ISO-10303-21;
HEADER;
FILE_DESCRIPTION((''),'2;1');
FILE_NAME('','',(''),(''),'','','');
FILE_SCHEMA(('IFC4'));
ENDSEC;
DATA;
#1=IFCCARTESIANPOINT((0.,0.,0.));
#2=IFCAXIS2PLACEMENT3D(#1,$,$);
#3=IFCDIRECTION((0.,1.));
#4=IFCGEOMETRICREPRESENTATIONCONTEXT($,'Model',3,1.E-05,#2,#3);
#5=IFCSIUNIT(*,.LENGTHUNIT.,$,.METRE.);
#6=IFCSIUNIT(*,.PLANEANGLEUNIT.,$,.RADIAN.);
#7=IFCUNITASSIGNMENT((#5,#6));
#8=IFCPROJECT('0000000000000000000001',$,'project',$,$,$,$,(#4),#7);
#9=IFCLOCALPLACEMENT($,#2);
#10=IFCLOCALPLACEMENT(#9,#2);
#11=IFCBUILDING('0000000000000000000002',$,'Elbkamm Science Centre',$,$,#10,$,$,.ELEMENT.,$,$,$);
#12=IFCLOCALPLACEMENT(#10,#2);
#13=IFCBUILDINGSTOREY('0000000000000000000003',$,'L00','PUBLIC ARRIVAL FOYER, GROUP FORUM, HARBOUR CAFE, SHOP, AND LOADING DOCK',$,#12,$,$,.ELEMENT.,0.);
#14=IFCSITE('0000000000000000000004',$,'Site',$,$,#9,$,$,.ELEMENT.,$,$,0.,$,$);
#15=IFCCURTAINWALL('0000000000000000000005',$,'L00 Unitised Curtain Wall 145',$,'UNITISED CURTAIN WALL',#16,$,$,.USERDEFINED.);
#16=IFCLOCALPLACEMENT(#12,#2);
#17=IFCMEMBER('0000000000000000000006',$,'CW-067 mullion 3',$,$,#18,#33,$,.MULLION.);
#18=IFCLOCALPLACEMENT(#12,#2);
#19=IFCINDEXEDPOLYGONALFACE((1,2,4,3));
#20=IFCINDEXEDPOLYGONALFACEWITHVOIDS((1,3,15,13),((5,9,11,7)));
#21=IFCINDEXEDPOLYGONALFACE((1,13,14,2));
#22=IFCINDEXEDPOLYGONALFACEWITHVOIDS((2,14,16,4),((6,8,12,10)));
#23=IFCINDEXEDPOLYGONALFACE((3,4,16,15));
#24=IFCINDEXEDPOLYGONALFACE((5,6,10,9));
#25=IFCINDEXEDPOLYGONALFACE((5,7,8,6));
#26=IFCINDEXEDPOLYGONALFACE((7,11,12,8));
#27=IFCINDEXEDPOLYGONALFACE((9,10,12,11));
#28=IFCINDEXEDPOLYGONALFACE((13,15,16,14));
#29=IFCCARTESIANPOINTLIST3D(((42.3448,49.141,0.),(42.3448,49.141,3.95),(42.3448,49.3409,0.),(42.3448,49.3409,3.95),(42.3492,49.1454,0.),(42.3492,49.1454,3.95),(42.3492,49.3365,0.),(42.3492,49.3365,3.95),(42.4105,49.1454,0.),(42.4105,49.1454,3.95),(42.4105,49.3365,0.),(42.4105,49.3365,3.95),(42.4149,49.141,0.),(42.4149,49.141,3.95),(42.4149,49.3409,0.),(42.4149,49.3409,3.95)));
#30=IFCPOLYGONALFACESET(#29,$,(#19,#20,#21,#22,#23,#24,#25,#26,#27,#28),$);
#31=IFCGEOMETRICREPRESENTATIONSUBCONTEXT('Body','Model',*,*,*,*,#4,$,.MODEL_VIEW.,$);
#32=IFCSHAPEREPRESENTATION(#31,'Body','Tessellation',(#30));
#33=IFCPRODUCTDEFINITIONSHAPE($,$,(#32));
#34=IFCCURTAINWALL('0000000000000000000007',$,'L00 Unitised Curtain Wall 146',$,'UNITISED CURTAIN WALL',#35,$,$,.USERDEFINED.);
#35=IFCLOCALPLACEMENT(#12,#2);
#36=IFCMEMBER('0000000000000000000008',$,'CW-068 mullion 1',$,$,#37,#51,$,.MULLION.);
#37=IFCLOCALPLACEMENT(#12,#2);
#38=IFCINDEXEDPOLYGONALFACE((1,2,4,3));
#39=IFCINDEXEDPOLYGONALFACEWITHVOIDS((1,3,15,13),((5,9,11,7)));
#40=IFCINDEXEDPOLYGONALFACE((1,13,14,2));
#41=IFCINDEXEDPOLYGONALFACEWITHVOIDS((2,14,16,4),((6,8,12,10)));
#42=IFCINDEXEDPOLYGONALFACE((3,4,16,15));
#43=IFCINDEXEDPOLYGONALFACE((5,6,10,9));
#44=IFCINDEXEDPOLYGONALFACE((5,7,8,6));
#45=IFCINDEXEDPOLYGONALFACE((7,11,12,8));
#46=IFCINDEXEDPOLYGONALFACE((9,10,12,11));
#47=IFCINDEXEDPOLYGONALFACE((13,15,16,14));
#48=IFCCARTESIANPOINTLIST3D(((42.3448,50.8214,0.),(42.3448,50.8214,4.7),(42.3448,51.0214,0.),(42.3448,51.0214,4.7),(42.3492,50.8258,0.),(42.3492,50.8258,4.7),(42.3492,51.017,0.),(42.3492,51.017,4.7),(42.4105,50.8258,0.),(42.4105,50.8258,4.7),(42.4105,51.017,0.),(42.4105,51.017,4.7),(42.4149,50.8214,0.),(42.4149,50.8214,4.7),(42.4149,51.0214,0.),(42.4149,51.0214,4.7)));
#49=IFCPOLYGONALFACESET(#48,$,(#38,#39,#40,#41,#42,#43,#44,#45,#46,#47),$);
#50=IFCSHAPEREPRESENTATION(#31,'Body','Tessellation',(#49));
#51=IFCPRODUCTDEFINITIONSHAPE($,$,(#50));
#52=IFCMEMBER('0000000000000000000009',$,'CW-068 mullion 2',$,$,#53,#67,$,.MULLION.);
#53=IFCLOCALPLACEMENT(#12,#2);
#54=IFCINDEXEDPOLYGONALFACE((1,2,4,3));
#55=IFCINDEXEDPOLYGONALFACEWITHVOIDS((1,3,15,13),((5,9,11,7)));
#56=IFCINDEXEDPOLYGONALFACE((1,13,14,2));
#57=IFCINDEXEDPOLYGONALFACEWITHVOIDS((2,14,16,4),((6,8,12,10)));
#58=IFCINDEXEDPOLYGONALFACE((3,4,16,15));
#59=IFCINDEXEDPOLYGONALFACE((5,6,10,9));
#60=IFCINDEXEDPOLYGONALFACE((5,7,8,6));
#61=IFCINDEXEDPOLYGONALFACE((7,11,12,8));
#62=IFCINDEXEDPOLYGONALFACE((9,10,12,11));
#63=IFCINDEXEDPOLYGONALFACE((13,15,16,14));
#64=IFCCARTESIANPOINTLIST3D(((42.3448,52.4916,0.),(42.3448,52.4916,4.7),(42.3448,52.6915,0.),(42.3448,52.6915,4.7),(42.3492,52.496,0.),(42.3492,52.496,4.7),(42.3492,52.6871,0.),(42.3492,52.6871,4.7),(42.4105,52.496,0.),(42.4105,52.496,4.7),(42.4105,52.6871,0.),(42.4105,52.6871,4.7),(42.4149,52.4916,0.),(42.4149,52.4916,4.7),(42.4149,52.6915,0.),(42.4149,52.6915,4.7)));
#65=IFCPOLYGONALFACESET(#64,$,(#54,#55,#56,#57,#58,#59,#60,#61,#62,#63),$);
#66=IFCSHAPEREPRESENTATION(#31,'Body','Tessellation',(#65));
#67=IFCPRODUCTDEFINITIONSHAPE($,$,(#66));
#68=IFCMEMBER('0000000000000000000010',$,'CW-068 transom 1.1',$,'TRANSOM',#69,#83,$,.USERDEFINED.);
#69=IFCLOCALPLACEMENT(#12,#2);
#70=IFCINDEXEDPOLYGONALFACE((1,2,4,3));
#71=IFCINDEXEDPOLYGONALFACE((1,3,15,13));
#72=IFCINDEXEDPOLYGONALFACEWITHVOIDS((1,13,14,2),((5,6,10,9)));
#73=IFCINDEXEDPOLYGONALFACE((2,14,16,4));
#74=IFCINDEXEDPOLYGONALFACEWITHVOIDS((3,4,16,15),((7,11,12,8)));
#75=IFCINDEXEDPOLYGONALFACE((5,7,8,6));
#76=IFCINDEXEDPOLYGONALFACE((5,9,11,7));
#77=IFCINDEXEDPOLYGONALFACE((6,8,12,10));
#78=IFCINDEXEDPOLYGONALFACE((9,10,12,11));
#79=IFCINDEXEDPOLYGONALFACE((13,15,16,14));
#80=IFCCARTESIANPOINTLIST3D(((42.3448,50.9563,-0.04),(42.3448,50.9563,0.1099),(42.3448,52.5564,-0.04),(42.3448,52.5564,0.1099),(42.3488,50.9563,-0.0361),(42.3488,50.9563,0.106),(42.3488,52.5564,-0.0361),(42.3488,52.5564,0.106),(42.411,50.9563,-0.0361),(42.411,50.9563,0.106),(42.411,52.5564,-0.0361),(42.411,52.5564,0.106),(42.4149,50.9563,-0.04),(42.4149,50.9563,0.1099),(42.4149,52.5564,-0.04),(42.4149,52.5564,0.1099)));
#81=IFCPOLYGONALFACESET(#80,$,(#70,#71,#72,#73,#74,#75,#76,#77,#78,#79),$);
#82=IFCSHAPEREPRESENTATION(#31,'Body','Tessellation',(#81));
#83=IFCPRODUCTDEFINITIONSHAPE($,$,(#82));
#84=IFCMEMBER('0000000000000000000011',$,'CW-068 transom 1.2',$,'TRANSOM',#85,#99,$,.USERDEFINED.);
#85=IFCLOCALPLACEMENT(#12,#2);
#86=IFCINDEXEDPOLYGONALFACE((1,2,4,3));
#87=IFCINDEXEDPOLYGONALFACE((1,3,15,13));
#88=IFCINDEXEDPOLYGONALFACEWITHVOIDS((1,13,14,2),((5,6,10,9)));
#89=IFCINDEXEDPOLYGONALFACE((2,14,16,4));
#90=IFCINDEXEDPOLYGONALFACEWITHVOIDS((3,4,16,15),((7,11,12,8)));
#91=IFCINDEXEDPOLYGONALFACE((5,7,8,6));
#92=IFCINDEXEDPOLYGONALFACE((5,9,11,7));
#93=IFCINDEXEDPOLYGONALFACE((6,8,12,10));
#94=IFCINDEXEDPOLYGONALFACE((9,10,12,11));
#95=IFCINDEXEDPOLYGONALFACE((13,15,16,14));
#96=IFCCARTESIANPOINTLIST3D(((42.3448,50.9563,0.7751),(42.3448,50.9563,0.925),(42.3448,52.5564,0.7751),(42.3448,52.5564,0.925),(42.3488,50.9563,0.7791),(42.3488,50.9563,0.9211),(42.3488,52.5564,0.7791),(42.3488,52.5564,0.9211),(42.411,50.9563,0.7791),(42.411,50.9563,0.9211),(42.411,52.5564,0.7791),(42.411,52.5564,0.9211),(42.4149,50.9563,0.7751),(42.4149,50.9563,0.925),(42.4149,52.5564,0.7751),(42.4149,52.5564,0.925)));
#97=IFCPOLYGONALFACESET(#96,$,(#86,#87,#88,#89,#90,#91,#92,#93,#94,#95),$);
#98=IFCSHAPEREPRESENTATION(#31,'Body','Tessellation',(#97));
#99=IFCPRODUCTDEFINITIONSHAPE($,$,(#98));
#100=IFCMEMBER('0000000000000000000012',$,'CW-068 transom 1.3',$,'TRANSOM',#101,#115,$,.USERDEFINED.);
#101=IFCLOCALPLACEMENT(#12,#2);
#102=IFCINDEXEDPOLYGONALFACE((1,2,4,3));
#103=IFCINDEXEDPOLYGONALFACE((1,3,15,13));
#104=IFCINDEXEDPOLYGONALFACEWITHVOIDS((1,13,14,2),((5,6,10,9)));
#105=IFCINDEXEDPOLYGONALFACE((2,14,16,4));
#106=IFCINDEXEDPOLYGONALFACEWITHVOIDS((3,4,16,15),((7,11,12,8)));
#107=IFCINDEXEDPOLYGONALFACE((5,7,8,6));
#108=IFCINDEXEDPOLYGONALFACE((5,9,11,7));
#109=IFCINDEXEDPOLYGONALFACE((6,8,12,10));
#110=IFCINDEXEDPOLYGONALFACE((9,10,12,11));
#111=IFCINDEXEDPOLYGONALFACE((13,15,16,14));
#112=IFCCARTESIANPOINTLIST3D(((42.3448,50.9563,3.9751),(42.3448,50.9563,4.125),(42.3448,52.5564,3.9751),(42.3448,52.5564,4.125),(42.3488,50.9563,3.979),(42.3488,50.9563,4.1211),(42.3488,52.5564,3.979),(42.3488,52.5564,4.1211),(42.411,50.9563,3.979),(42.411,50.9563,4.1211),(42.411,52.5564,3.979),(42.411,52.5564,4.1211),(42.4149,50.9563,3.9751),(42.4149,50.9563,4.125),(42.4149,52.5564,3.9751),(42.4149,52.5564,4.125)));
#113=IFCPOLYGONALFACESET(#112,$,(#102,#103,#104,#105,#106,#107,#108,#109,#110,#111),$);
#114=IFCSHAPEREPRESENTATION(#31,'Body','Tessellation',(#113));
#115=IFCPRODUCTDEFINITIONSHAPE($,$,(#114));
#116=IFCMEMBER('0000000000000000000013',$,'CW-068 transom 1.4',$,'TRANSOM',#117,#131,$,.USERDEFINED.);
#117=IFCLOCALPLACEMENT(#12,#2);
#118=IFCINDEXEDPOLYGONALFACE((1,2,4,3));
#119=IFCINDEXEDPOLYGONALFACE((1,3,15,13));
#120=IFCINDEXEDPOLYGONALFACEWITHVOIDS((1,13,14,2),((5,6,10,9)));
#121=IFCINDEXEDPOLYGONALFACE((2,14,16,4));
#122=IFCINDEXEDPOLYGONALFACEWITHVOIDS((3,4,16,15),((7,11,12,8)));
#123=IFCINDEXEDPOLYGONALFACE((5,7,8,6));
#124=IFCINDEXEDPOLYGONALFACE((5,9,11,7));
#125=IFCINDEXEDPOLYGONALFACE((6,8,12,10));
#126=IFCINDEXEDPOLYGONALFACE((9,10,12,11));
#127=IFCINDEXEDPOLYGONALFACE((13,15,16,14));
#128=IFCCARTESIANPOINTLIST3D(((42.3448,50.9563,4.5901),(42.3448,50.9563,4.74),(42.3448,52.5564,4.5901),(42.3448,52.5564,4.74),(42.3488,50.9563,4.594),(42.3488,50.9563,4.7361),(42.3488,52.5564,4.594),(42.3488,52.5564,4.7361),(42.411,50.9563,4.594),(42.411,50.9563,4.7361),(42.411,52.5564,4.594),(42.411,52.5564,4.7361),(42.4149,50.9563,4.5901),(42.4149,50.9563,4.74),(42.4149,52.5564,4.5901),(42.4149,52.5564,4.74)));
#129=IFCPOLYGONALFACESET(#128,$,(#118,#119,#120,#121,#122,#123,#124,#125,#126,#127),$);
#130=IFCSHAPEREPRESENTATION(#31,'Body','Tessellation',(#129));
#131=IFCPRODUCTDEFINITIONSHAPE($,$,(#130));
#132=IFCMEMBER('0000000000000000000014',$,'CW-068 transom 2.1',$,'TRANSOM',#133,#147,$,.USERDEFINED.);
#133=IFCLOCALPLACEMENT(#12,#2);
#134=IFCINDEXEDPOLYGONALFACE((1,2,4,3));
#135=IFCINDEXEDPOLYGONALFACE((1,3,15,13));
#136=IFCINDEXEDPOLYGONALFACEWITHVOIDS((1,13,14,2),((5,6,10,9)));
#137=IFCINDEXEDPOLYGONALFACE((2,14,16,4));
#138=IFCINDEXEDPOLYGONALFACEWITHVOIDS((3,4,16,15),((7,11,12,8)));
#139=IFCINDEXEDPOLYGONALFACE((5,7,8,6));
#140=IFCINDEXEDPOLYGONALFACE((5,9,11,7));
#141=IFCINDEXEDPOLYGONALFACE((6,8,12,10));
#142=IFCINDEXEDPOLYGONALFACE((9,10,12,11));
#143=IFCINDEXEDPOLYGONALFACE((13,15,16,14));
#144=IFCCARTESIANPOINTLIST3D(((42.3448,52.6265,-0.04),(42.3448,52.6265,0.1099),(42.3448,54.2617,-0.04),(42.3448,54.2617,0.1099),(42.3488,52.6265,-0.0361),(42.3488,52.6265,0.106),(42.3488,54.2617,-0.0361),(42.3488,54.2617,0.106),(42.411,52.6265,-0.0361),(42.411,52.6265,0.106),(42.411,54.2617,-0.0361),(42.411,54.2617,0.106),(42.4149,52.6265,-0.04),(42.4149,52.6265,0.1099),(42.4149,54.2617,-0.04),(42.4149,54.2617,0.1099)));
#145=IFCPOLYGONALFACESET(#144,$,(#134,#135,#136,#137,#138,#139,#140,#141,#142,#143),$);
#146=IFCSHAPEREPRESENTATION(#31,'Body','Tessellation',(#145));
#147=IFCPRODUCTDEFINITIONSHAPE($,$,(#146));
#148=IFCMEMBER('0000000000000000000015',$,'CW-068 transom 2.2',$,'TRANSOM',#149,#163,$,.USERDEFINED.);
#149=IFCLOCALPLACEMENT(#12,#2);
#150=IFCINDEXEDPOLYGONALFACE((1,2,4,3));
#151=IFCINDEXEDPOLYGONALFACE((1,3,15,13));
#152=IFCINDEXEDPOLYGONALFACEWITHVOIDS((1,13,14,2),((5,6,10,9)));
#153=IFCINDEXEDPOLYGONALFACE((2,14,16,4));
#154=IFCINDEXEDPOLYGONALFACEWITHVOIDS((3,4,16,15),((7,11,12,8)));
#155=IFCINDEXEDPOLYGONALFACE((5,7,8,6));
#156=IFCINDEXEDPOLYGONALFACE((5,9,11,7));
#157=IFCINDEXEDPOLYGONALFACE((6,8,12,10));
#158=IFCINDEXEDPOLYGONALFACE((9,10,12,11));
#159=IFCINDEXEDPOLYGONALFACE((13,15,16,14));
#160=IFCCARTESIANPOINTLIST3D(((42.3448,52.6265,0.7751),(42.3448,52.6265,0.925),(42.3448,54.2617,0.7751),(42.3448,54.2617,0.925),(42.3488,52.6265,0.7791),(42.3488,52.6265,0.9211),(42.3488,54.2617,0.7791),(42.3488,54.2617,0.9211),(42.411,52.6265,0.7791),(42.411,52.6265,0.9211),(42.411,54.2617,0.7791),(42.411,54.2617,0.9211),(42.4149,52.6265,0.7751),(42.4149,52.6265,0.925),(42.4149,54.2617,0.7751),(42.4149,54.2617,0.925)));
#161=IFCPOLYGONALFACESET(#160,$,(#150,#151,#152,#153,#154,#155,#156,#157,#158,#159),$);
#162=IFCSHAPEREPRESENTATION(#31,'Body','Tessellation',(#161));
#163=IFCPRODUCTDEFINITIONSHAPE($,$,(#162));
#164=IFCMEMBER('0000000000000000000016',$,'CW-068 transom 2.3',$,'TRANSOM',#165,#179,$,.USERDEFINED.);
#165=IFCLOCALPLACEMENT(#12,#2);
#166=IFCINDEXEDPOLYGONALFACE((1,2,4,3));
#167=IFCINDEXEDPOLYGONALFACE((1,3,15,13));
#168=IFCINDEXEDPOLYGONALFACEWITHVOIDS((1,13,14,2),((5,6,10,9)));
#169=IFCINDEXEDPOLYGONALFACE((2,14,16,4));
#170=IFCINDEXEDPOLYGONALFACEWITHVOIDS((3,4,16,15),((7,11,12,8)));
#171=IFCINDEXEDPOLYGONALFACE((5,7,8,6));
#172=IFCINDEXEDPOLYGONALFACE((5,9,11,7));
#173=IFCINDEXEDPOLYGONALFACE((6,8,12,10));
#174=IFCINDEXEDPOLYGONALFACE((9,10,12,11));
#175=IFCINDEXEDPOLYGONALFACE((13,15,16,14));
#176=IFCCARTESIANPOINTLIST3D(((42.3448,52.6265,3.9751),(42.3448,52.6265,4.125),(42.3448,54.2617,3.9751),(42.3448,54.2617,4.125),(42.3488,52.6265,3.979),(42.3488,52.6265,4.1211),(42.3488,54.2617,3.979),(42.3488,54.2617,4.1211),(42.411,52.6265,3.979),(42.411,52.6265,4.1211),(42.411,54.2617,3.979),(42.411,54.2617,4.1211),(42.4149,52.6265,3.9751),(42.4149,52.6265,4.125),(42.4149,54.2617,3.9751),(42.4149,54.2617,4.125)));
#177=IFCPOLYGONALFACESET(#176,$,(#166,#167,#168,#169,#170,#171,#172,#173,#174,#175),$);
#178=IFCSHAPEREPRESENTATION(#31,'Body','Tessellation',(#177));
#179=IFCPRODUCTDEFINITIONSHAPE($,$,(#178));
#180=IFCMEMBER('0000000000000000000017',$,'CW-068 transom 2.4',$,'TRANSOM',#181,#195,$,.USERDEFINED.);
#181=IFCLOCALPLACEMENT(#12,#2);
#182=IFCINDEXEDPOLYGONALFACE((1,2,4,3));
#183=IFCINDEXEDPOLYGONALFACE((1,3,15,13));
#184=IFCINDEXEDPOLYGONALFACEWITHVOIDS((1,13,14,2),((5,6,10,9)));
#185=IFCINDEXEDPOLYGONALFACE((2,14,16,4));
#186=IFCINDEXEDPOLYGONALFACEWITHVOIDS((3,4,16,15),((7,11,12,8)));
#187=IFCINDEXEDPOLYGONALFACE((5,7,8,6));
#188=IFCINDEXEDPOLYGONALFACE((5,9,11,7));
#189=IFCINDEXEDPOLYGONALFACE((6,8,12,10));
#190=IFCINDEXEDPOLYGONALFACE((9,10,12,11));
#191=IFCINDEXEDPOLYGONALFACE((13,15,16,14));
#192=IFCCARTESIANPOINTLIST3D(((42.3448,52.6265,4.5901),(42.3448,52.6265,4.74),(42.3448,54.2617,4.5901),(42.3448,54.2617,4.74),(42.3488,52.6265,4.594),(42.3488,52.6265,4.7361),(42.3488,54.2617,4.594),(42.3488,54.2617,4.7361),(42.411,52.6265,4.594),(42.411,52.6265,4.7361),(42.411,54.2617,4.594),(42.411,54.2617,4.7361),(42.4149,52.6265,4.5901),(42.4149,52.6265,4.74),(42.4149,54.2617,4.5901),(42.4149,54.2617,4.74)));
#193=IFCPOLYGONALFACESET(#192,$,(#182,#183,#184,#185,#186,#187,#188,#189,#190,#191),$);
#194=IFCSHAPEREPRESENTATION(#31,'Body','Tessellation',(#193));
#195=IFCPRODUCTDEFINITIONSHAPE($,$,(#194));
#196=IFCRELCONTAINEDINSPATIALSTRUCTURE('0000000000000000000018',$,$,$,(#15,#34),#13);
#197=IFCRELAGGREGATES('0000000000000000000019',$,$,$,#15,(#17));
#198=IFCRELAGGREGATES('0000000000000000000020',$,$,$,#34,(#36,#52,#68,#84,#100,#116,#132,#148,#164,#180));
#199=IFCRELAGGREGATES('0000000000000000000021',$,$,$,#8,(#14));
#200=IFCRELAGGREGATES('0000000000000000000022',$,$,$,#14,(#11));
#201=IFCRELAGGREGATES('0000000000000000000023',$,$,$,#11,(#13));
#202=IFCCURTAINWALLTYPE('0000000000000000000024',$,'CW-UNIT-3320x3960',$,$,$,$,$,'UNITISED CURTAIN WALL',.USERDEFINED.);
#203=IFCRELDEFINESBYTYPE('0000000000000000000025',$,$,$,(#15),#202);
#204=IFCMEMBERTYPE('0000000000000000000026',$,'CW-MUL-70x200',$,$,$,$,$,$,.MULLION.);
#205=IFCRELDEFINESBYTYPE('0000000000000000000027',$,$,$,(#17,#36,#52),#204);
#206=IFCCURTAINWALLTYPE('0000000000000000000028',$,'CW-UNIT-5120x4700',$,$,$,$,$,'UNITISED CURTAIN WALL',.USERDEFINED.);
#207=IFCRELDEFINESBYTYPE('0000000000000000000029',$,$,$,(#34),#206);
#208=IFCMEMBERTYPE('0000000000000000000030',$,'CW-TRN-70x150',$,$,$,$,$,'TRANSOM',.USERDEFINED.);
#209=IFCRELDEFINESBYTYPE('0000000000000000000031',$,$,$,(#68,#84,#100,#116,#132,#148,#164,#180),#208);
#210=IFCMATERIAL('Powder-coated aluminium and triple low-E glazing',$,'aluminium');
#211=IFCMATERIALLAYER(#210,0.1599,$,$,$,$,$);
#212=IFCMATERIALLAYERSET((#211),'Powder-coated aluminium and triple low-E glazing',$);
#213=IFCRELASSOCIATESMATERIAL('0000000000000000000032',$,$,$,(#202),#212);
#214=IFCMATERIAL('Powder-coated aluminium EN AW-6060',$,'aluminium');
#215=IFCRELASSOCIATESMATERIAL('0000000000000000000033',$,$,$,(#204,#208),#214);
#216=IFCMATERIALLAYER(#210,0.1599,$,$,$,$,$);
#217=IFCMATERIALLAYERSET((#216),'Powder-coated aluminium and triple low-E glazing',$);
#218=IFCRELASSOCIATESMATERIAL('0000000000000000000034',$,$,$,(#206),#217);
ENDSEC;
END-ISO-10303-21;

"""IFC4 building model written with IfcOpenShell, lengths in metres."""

from ifc_helpers import new_model, si_unit, direction, frame, origin, origin_2d, place, context, subcontext, project, spatial, hollow_rectangle, extrude, material, layer, layer_set, material_profile, profile_set, type_object, element, aggregate, save


model = new_model("IFC4")

# Units and contexts
model_context = context("Model", 3, precision=1e-05, world=origin(), true_north=direction((0.0, 1.0)))
body_context = subcontext(model_context, "Body", "Model", "MODEL_VIEW")
ifc_project = project(units=[si_unit("LENGTHUNIT", "METRE"), si_unit("PLANEANGLEUNIT", "RADIAN")], contexts=[model_context])

# Site, building, storey
site_placement = place(None, origin())
site = spatial("IfcSite", under=ifc_project, at=site_placement, Name="Site", CompositionType="ELEMENT", RefElevation=0.0)
building_placement = place(site_placement, origin())
building = spatial("IfcBuilding", under=site, at=building_placement, Name="Elbkamm Science Centre", CompositionType="ELEMENT")
storey_placement = place(building_placement, origin())
storey = spatial("IfcBuildingStorey", under=building, at=storey_placement, Name="L00", Description="PUBLIC ARRIVAL FOYER, GROUP FORUM, HARBOUR CAFE, SHOP, AND LOADING DOCK", CompositionType="ELEMENT", Elevation=0.0)

# Curtain wall, member
ifc_material_1 = material(Name="Powder-coated aluminium and triple low-E glazing", Category="aluminium")
ifc_layer_1 = layer(ifc_material_1, 0.1599)
ifc_layer_set_1 = layer_set([ifc_layer_1], Name="Powder-coated aluminium and triple low-E glazing")
curtain_wall_type_1 = type_object("IfcCurtainWallType", Name="CW-UNIT-3320x3960", ElementType="UNITISED CURTAIN WALL", PredefinedType="USERDEFINED", material=ifc_layer_set_1)
curtain_wall_1_placement = place(storey_placement, origin())
curtain_wall_1 = element("IfcCurtainWall", 1, at=curtain_wall_1_placement, inside=storey, type_object=curtain_wall_type_1, Name="L00 Unitised Curtain Wall 145", ObjectType="UNITISED CURTAIN WALL", PredefinedType="USERDEFINED")
ifc_material_2 = material(Name="Powder-coated aluminium EN AW-6060", Category="aluminium")
ifc_material_profile_1 = material_profile(ifc_material_2, hollow_rectangle(XDim=0.0701, YDim=0.2, WallThickness=0.0044, at=origin_2d()), Name="ALU M70x200")
ifc_profile_set_1 = profile_set([ifc_material_profile_1], Name="Powder-coated aluminium EN AW-6060")
member_type_1 = type_object("IfcMemberType", Name="CW-MUL-70x200", PredefinedType="MULLION", material=ifc_profile_set_1)
member_1_placement = place(storey_placement, frame((42.3799, 49.241, 0.0), z_axis=(0.0, 0.0, 1.0), x_axis=(-1.0, 0.0, 0.0)))
member_1 = element("IfcMember", 2, at=member_1_placement, type_object=member_type_1, Name="CW-067 mullion 3", PredefinedType="MULLION", context=body_context, shape_type="SweptSolid", body=[
    extrude(hollow_rectangle(XDim=0.0701, YDim=0.2, WallThickness=0.0044, at=origin_2d()), origin(), (0.0, 0.0, 1.0), 3.95),
])

# Curtain wall, members
ifc_layer_2 = layer(ifc_material_1, 0.1599)
ifc_layer_set_2 = layer_set([ifc_layer_2], Name="Powder-coated aluminium and triple low-E glazing")
curtain_wall_type_2 = type_object("IfcCurtainWallType", Name="CW-UNIT-5120x4700", ElementType="UNITISED CURTAIN WALL", PredefinedType="USERDEFINED", material=ifc_layer_set_2)
curtain_wall_2_placement = place(storey_placement, origin())
curtain_wall_2 = element("IfcCurtainWall", 3, at=curtain_wall_2_placement, inside=storey, type_object=curtain_wall_type_2, Name="L00 Unitised Curtain Wall 146", ObjectType="UNITISED CURTAIN WALL", PredefinedType="USERDEFINED")
member_2_placement = place(storey_placement, frame((42.3799, 50.9214, 0.0), z_axis=(0.0, 0.0, 1.0), x_axis=(-1.0, 0.0, 0.0)))
member_2 = element("IfcMember", 4, at=member_2_placement, type_object=member_type_1, Name="CW-068 mullion 1", PredefinedType="MULLION", context=body_context, shape_type="SweptSolid", body=[
    extrude(hollow_rectangle(XDim=0.0701, YDim=0.2, WallThickness=0.0044, at=origin_2d()), origin(), (0.0, 0.0, 1.0), 4.7),
])
member_3_placement = place(storey_placement, frame((42.3799, 52.5916, 0.0), z_axis=(0.0, 0.0, 1.0), x_axis=(-1.0, 0.0, 0.0)))
member_3 = element("IfcMember", 5, at=member_3_placement, type_object=member_type_1, Name="CW-068 mullion 2", PredefinedType="MULLION", context=body_context, shape_type="SweptSolid", body=[
    extrude(hollow_rectangle(XDim=0.0701, YDim=0.2, WallThickness=0.0044, at=origin_2d()), origin(), (0.0, 0.0, 1.0), 4.7),
])
ifc_material_profile_2 = material_profile(ifc_material_2, hollow_rectangle(XDim=0.0701, YDim=0.1499, WallThickness=0.0039, at=origin_2d()), Name="ALU T70x150")
ifc_profile_set_2 = profile_set([ifc_material_profile_2], Name="Powder-coated aluminium EN AW-6060")
member_type_2 = type_object("IfcMemberType", Name="CW-TRN-70x150", ElementType="TRANSOM", PredefinedType="USERDEFINED", material=ifc_profile_set_2)
member_4_placement = place(storey_placement, frame((42.3799, 50.9563, 0.0349), z_axis=(0.0, 1.0, 0.0), x_axis=(-1.0, 0.0, 0.0)))
member_4 = element("IfcMember", 6, at=member_4_placement, type_object=member_type_2, Name="CW-068 transom 1.1", ObjectType="TRANSOM", PredefinedType="USERDEFINED", context=body_context, shape_type="SweptSolid", body=[
    extrude(hollow_rectangle(XDim=0.0701, YDim=0.1499, WallThickness=0.0039, at=origin_2d()), origin(), (0.0, 0.0, 1.0), 1.6001),
])
member_5_placement = place(storey_placement, frame((42.3799, 50.9563, 0.8501), z_axis=(0.0, 1.0, 0.0), x_axis=(-1.0, 0.0, 0.0)))
member_5 = element("IfcMember", 7, at=member_5_placement, type_object=member_type_2, Name="CW-068 transom 1.2", ObjectType="TRANSOM", PredefinedType="USERDEFINED", context=body_context, shape_type="SweptSolid", body=[
    extrude(hollow_rectangle(XDim=0.0701, YDim=0.1499, WallThickness=0.0039, at=origin_2d()), origin(), (0.0, 0.0, 1.0), 1.6001),
])
member_6_placement = place(storey_placement, frame((42.3799, 50.9563, 4.05), z_axis=(0.0, 1.0, 0.0), x_axis=(-1.0, 0.0, 0.0)))
member_6 = element("IfcMember", 8, at=member_6_placement, type_object=member_type_2, Name="CW-068 transom 1.3", ObjectType="TRANSOM", PredefinedType="USERDEFINED", context=body_context, shape_type="SweptSolid", body=[
    extrude(hollow_rectangle(XDim=0.0701, YDim=0.1499, WallThickness=0.0039, at=origin_2d()), origin(), (0.0, 0.0, 1.0), 1.6001),
])
member_7_placement = place(storey_placement, frame((42.3799, 50.9563, 4.665), z_axis=(0.0, 1.0, 0.0), x_axis=(-1.0, 0.0, 0.0)))
member_7 = element("IfcMember", 9, at=member_7_placement, type_object=member_type_2, Name="CW-068 transom 1.4", ObjectType="TRANSOM", PredefinedType="USERDEFINED", context=body_context, shape_type="SweptSolid", body=[
    extrude(hollow_rectangle(XDim=0.0701, YDim=0.1499, WallThickness=0.0039, at=origin_2d()), origin(), (0.0, 0.0, 1.0), 1.6001),
])
member_8_placement = place(storey_placement, frame((42.3799, 52.6265, 0.0349), z_axis=(0.0, 1.0, 0.0), x_axis=(-1.0, 0.0, 0.0)))
member_8 = element("IfcMember", 10, at=member_8_placement, type_object=member_type_2, Name="CW-068 transom 2.1", ObjectType="TRANSOM", PredefinedType="USERDEFINED", context=body_context, shape_type="SweptSolid", body=[
    extrude(hollow_rectangle(XDim=0.0701, YDim=0.1499, WallThickness=0.0039, at=origin_2d()), origin(), (0.0, 0.0, 1.0), 1.6353),
])
member_9_placement = place(storey_placement, frame((42.3799, 52.6265, 0.8501), z_axis=(0.0, 1.0, 0.0), x_axis=(-1.0, 0.0, 0.0)))
member_9 = element("IfcMember", 11, at=member_9_placement, type_object=member_type_2, Name="CW-068 transom 2.2", ObjectType="TRANSOM", PredefinedType="USERDEFINED", context=body_context, shape_type="SweptSolid", body=[
    extrude(hollow_rectangle(XDim=0.0701, YDim=0.1499, WallThickness=0.0039, at=origin_2d()), origin(), (0.0, 0.0, 1.0), 1.6353),
])
member_10_placement = place(storey_placement, frame((42.3799, 52.6265, 4.05), z_axis=(0.0, 1.0, 0.0), x_axis=(-1.0, 0.0, 0.0)))
member_10 = element("IfcMember", 12, at=member_10_placement, type_object=member_type_2, Name="CW-068 transom 2.3", ObjectType="TRANSOM", PredefinedType="USERDEFINED", context=body_context, shape_type="SweptSolid", body=[
    extrude(hollow_rectangle(XDim=0.0701, YDim=0.1499, WallThickness=0.0039, at=origin_2d()), origin(), (0.0, 0.0, 1.0), 1.6353),
])
member_11_placement = place(storey_placement, frame((42.3799, 52.6265, 4.665), z_axis=(0.0, 1.0, 0.0), x_axis=(-1.0, 0.0, 0.0)))
member_11 = element("IfcMember", 13, at=member_11_placement, type_object=member_type_2, Name="CW-068 transom 2.4", ObjectType="TRANSOM", PredefinedType="USERDEFINED", context=body_context, shape_type="SweptSolid", body=[
    extrude(hollow_rectangle(XDim=0.0701, YDim=0.1499, WallThickness=0.0039, at=origin_2d()), origin(), (0.0, 0.0, 1.0), 1.6353),
])

aggregate(curtain_wall_1, [member_1])
aggregate(curtain_wall_2, [member_2, member_3, member_4, member_5, member_6, member_7, member_8, member_9, member_10, member_11])

save(model, "model.ifc")
